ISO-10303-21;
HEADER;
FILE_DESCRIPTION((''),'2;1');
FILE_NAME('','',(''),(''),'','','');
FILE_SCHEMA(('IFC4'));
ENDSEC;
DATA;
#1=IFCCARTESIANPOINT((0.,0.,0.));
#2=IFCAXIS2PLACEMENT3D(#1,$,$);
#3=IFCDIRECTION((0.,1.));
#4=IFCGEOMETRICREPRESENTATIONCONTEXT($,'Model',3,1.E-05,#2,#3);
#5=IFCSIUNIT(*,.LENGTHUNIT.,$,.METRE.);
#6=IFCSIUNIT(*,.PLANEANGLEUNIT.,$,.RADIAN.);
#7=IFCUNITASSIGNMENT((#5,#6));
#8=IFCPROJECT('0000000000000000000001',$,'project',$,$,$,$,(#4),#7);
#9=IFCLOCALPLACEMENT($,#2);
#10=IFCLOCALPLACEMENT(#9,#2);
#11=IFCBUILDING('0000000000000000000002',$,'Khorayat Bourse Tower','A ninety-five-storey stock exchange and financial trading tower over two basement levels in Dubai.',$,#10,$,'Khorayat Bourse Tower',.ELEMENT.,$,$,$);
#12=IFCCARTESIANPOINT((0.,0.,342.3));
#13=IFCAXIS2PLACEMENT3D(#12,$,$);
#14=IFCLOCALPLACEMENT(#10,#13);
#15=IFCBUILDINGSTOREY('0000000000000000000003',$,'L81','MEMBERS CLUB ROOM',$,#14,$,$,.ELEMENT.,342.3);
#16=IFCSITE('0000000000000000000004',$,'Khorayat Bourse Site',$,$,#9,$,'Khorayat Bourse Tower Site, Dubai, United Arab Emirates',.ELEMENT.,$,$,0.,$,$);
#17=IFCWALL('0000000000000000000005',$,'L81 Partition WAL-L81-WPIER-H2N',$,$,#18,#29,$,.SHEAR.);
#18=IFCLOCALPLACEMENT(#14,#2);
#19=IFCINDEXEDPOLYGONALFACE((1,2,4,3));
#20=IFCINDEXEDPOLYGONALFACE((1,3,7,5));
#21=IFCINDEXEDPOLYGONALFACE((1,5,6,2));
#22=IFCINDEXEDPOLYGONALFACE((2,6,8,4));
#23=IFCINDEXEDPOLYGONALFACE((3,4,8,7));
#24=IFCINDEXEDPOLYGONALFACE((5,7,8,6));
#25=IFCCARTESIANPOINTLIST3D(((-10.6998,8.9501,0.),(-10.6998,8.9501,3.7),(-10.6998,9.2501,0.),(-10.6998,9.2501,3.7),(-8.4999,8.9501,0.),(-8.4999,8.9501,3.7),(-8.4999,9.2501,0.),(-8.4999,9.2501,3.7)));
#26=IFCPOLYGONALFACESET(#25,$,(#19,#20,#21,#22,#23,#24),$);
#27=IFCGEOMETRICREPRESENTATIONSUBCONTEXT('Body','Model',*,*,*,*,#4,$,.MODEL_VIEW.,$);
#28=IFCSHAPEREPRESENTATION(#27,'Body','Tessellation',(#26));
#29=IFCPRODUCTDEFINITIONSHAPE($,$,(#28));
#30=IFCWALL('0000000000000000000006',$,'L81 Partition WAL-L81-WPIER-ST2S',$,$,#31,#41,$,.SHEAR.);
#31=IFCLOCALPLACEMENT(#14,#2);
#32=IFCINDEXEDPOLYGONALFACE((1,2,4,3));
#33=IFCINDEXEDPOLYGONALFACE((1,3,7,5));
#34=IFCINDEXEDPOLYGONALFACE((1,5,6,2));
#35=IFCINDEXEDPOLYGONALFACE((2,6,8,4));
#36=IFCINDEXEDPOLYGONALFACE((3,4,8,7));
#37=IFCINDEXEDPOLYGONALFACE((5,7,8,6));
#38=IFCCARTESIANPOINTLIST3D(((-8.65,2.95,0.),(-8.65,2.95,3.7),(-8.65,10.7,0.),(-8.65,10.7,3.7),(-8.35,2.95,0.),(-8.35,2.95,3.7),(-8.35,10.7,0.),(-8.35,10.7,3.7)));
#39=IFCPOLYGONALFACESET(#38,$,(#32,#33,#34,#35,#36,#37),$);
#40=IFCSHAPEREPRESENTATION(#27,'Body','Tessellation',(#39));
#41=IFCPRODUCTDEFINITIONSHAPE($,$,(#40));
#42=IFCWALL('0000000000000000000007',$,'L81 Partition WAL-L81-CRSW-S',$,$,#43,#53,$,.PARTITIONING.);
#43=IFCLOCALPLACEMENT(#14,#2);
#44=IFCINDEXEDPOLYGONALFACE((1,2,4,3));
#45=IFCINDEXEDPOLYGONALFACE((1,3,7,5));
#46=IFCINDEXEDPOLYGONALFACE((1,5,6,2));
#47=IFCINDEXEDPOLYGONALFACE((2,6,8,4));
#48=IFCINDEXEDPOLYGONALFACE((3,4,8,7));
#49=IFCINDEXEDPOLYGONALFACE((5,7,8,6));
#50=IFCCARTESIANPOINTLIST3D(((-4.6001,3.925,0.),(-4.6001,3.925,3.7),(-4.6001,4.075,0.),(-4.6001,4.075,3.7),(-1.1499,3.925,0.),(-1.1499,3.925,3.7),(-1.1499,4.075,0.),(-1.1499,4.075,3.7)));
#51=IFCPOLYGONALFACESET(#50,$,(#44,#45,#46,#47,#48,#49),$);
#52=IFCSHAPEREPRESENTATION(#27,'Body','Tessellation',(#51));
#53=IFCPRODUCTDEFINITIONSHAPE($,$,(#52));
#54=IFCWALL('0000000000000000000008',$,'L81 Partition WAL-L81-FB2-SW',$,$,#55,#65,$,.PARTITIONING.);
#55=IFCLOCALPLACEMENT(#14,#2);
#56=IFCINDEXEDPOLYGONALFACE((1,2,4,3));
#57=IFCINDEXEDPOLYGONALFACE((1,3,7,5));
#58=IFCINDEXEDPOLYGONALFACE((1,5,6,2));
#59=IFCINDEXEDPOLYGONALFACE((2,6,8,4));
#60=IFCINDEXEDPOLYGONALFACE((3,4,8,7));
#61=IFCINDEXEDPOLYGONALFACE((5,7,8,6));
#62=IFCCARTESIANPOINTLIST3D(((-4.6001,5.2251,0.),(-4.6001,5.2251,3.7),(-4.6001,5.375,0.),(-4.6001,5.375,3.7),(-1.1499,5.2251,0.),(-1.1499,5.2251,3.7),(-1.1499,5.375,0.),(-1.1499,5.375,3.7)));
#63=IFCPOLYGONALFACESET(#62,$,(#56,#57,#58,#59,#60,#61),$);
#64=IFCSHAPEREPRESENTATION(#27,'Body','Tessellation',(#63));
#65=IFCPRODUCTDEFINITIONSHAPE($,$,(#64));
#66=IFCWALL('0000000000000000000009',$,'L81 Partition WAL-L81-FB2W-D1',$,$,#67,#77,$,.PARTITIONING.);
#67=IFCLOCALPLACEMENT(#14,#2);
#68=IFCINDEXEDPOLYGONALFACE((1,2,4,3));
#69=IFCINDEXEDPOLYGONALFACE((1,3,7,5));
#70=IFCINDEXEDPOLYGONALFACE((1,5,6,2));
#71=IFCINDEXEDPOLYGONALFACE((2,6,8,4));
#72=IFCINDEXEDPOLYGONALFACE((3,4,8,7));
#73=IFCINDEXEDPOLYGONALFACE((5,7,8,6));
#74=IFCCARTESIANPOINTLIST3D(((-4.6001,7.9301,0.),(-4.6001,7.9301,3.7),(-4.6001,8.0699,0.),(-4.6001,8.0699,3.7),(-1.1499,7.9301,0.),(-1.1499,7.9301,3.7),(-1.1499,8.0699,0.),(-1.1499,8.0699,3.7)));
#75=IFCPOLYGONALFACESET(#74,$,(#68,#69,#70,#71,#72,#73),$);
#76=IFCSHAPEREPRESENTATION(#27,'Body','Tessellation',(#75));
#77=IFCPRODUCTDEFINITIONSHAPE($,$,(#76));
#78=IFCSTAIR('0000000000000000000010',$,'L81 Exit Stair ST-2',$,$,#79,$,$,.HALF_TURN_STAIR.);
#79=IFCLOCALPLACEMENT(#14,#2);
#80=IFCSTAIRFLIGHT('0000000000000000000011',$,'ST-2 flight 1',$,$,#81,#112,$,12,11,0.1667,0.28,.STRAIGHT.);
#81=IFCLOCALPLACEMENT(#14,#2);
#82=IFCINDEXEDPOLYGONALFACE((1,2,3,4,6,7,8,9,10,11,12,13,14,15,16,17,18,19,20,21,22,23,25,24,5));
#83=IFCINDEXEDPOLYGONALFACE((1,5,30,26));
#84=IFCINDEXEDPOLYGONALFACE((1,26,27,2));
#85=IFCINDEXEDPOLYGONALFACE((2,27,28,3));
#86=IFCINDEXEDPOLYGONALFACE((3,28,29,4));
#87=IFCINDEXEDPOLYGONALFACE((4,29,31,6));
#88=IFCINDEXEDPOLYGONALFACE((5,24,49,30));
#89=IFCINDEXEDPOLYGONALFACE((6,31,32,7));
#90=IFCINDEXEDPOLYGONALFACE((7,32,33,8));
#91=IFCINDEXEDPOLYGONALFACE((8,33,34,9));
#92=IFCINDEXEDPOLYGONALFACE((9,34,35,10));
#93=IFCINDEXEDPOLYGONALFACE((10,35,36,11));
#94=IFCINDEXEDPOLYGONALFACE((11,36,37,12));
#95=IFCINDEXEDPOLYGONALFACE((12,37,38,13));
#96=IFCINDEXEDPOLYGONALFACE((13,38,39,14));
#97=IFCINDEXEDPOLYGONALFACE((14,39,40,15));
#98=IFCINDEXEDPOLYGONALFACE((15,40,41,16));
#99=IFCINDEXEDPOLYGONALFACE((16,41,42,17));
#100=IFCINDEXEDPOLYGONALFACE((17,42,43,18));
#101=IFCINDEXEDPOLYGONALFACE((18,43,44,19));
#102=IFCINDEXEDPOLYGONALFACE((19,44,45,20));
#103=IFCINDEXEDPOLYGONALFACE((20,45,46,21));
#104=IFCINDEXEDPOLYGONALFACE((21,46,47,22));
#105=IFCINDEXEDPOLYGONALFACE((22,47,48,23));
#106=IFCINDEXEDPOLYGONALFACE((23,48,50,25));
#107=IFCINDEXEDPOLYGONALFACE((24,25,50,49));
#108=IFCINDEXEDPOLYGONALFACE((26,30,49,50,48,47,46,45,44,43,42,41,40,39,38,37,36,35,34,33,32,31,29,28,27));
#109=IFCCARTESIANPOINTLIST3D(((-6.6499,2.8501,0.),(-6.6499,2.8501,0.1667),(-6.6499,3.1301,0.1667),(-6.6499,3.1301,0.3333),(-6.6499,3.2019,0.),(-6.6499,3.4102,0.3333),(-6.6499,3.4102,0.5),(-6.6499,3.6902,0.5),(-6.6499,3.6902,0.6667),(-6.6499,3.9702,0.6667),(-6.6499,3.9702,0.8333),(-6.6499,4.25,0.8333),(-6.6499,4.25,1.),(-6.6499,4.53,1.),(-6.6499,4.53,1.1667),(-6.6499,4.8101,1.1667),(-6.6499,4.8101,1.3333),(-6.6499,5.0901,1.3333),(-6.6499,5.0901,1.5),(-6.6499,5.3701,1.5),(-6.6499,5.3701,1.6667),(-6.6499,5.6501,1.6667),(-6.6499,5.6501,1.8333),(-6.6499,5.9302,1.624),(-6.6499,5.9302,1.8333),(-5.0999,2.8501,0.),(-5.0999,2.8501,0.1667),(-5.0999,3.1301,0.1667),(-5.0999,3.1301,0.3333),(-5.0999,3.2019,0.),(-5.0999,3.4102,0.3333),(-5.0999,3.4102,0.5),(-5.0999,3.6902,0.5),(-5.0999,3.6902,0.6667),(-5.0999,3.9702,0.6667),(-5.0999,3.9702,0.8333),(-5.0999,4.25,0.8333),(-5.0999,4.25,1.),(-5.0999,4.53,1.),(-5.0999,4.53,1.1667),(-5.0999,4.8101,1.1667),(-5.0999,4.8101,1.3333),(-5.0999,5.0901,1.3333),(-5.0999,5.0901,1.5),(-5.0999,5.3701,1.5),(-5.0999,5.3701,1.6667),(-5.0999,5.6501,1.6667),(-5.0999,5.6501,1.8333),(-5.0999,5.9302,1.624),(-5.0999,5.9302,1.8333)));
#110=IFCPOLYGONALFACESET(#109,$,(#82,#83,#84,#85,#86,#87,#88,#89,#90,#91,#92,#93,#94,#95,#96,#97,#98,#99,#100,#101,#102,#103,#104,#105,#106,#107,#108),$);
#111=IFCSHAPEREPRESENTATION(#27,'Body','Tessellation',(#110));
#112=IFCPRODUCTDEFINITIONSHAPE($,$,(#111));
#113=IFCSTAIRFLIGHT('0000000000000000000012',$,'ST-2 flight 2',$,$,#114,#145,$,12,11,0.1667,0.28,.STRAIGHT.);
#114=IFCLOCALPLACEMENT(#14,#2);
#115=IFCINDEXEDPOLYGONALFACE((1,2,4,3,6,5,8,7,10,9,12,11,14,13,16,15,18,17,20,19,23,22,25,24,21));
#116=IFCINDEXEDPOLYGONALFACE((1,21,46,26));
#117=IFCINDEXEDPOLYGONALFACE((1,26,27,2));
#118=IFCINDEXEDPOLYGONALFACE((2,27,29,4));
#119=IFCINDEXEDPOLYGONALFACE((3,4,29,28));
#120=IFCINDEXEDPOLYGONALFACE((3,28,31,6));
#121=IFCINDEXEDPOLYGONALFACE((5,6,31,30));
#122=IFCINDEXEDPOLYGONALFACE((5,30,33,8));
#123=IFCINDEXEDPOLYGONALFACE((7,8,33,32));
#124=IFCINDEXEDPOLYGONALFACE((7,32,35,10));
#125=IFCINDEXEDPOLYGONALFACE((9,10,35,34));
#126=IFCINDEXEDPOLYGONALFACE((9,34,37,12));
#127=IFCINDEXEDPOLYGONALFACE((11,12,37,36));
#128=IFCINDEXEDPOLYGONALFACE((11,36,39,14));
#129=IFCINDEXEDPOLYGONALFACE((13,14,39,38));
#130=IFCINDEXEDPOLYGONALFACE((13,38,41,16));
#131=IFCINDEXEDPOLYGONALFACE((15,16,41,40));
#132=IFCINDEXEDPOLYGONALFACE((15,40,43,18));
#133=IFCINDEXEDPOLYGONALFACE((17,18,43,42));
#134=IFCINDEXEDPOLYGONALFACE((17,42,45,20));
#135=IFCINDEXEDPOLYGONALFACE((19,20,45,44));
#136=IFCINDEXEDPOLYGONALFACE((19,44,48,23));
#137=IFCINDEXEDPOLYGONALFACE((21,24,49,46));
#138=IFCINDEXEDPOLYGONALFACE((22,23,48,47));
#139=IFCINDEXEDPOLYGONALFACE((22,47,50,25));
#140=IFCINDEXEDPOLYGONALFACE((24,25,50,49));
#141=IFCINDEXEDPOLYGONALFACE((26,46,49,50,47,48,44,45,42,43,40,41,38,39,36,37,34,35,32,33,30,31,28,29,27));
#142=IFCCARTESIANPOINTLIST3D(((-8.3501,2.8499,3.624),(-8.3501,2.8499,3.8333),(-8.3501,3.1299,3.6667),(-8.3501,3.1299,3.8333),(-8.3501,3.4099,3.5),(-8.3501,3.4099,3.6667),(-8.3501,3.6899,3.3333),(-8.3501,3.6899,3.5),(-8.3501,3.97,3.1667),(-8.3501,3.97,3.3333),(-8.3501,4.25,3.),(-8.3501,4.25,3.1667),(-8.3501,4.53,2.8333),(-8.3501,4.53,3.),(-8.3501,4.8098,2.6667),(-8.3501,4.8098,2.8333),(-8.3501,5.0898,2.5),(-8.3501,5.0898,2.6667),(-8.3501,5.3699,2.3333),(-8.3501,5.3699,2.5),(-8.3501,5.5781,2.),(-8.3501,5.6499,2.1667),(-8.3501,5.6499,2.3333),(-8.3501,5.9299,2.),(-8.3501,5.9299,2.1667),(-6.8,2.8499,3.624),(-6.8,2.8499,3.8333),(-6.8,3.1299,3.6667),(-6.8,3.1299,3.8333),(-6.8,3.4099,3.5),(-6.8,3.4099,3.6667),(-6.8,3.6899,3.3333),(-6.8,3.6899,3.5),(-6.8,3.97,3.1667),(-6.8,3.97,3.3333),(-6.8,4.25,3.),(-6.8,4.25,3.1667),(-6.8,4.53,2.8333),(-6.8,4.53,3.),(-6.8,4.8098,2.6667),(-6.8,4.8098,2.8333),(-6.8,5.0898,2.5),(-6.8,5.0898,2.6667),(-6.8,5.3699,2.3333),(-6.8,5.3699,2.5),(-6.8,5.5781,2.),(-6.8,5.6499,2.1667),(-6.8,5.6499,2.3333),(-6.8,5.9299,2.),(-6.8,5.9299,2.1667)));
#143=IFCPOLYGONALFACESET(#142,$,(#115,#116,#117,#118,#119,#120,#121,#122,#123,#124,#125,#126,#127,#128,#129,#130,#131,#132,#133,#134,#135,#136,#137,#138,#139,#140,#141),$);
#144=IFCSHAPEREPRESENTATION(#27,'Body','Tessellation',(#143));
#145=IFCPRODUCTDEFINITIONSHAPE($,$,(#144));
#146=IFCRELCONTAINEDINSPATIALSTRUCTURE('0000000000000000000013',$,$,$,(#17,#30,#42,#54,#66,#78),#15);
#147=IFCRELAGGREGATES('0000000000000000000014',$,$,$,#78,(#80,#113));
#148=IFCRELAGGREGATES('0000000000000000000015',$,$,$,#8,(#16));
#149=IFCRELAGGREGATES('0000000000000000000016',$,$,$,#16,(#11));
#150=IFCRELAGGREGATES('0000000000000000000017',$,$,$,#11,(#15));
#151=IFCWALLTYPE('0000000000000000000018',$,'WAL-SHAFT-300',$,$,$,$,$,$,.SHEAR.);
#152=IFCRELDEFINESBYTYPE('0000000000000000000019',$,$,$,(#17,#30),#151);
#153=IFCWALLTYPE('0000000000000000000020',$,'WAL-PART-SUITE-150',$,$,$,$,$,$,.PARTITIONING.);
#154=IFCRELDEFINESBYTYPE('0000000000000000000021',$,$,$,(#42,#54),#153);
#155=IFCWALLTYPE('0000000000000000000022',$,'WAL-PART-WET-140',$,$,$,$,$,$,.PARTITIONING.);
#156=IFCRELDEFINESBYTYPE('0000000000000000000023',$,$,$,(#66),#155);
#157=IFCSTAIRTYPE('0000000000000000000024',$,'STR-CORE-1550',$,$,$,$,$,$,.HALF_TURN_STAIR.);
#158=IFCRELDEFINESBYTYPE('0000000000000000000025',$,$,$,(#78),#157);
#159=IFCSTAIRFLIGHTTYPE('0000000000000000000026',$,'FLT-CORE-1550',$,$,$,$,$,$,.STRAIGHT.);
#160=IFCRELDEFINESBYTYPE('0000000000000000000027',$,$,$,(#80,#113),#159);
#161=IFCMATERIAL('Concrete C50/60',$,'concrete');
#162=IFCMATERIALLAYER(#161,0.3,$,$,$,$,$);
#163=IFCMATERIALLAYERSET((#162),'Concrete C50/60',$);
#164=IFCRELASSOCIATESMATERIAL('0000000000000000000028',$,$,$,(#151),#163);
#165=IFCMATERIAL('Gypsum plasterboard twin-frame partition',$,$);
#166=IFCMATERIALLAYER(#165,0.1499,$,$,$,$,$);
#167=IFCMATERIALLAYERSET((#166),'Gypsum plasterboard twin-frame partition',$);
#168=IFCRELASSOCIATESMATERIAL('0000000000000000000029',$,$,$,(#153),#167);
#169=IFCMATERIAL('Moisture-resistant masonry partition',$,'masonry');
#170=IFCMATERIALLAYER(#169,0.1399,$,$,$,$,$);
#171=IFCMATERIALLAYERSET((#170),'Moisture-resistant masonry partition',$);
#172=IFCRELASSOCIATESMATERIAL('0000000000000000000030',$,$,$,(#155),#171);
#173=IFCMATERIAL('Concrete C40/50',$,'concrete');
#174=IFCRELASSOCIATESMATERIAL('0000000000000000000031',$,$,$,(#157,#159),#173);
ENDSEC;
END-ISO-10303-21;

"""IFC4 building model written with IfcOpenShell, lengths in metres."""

from ifc_helpers import new_model, si_unit, direction, frame, frame_2d, origin, place, context, subcontext, project, spatial, polyline, rectangle, outline, extrude, source, transform, mapped, material, layer, layer_set, type_object, element, aggregate, save


model = new_model("IFC4")

# Units and contexts
model_context = context("Model", 3, precision=1e-05, world=origin(), true_north=direction((0.0, 1.0)))
body_context = subcontext(model_context, "Body", "Model", "MODEL_VIEW")
ifc_project = project(units=[si_unit("LENGTHUNIT", "METRE"), si_unit("PLANEANGLEUNIT", "RADIAN")], contexts=[model_context])

# Site, building, storey
site_placement = place(None, origin())
site = spatial("IfcSite", under=ifc_project, at=site_placement, Name="Khorayat Bourse Site", LongName="Khorayat Bourse Tower Site, Dubai, United Arab Emirates", CompositionType="ELEMENT", RefElevation=0.0)
building_placement = place(site_placement, origin())
building = spatial("IfcBuilding", under=site, at=building_placement, Name="Khorayat Bourse Tower", Description="A ninety-five-storey stock exchange and financial trading tower over two basement levels in Dubai.", LongName="Khorayat Bourse Tower", CompositionType="ELEMENT")
storey_placement = place(building_placement, frame((0.0, 0.0, 342.3)))
storey = spatial("IfcBuildingStorey", under=building, at=storey_placement, Name="L81", Description="MEMBERS CLUB ROOM", CompositionType="ELEMENT", Elevation=342.3)

# Walls
ifc_material_1 = material(Name="Concrete C50/60", Category="concrete")
ifc_layer_1 = layer(ifc_material_1, 0.3)
ifc_layer_set_1 = layer_set([ifc_layer_1], Name="Concrete C50/60")
wall_type_1 = type_object("IfcWallType", Name="WAL-SHAFT-300", PredefinedType="SHEAR", material=ifc_layer_set_1)
shared_shape_1 = source(origin(), body_context, "Body", "SweptSolid", [
    extrude(rectangle(XDim=2.2, YDim=0.3, at=frame_2d((1.1001, 0.0))), origin(), (0.0, 0.0, 1.0), 3.7),
])
for number, where, z_axis, x_axis, name in (
    (1, (-10.7, 9.1001, 0.0), (0.0, 0.0, 1.0), (1.0, 0.0, 0.0), "L81 Partition WAL-L81-WPIER-H2N"),
):
    element("IfcWall", number, at=place(storey_placement, frame(where, z_axis=z_axis, x_axis=x_axis)), inside=storey, type_object=wall_type_1, Name=name, PredefinedType="SHEAR", context=body_context, shape_type="MappedRepresentation", body=[
        mapped(shared_shape_1, transform((0.0, 0.0, 0.0), scale=1.0)),
    ])
shared_shape_2 = source(origin(), body_context, "Body", "SweptSolid", [
    extrude(rectangle(XDim=7.75, YDim=0.3, at=frame_2d((3.875, 0.0))), origin(), (0.0, 0.0, 1.0), 3.7),
])
wall_1_placement = place(storey_placement, frame((-8.5, 2.95, 0.0), z_axis=(0.0, 0.0, 1.0), x_axis=(0.0, 1.0, 0.0)))
element("IfcWall", 2, at=wall_1_placement, inside=storey, type_object=wall_type_1, Name="L81 Partition WAL-L81-WPIER-ST2S", PredefinedType="SHEAR", context=body_context, shape_type="MappedRepresentation", body=[
    mapped(shared_shape_2, transform((0.0, 0.0, 0.0), scale=1.0)),
])
ifc_material_2 = material(Name="Gypsum plasterboard twin-frame partition")
ifc_layer_2 = layer(ifc_material_2, 0.1499)
ifc_layer_set_2 = layer_set([ifc_layer_2], Name="Gypsum plasterboard twin-frame partition")
wall_type_2 = type_object("IfcWallType", Name="WAL-PART-SUITE-150", PredefinedType="PARTITIONING", material=ifc_layer_set_2)
shared_shape_3 = source(origin(), body_context, "Body", "SweptSolid", [
    extrude(rectangle(XDim=3.4502, YDim=0.1499, at=frame_2d((1.7251, 0.0))), origin(), (0.0, 0.0, 1.0), 3.7),
])
for number, where, z_axis, x_axis, name in (
    (3, (-4.6001, 4.0, 0.0), (0.0, 0.0, 1.0), (1.0, 0.0, 0.0), "L81 Partition WAL-L81-CRSW-S"),
    (4, (-4.6001, 5.3, 0.0), (0.0, 0.0, 1.0), (1.0, 0.0, 0.0), "L81 Partition WAL-L81-FB2-SW"),
):
    element("IfcWall", number, at=place(storey_placement, frame(where, z_axis=z_axis, x_axis=x_axis)), inside=storey, type_object=wall_type_2, Name=name, PredefinedType="PARTITIONING", context=body_context, shape_type="MappedRepresentation", body=[
        mapped(shared_shape_3, transform((0.0, 0.0, 0.0), scale=1.0)),
    ])

# Wall
ifc_material_3 = material(Name="Moisture-resistant masonry partition", Category="masonry")
ifc_layer_3 = layer(ifc_material_3, 0.1399)
ifc_layer_set_3 = layer_set([ifc_layer_3], Name="Moisture-resistant masonry partition")
wall_type_3 = type_object("IfcWallType", Name="WAL-PART-WET-140", PredefinedType="PARTITIONING", material=ifc_layer_set_3)
shared_shape_4 = source(origin(), body_context, "Body", "SweptSolid", [
    extrude(rectangle(XDim=3.4502, YDim=0.1399, at=frame_2d((1.7251, 0.0))), origin(), (0.0, 0.0, 1.0), 3.7),
])
wall_2_placement = place(storey_placement, frame((-4.6001, 8.0, 0.0), z_axis=(0.0, 0.0, 1.0), x_axis=(1.0, 0.0, 0.0)))
element("IfcWall", 5, at=wall_2_placement, inside=storey, type_object=wall_type_3, Name="L81 Partition WAL-L81-FB2W-D1", PredefinedType="PARTITIONING", context=body_context, shape_type="MappedRepresentation", body=[
    mapped(shared_shape_4, transform((0.0, 0.0, 0.0), scale=1.0)),
])

# Stair, stair flights
ifc_material_4 = material(Name="Concrete C40/50", Category="concrete")
stair_type = type_object("IfcStairType", Name="STR-CORE-1550", PredefinedType="HALF_TURN_STAIR", material=ifc_material_4)
stair_placement = place(storey_placement, origin())
stair = element("IfcStair", 6, at=stair_placement, inside=storey, type_object=stair_type, Name="L81 Exit Stair ST-2", PredefinedType="HALF_TURN_STAIR")
stair_flight_type = type_object("IfcStairFlightType", Name="FLT-CORE-1550", PredefinedType="STRAIGHT", material=ifc_material_4)
shared_shape_5 = source(origin(), body_context, "Body", "SweptSolid", [
    extrude(outline(polyline([(0.0, 0.0), (0.0, 0.1667), (0.28, 0.1667), (0.28, 0.3333), (0.5601, 0.3333), (0.5601, 0.5), (0.8401, 0.5), (0.8401, 0.6667), (1.1201, 0.6667), (1.1201, 0.8333), (1.3999, 0.8333), (1.3999, 1.0), (1.6799, 1.0), (1.6799, 1.1667), (1.96, 1.1667), (1.96, 1.3333), (2.24, 1.3333), (2.24, 1.5), (2.52, 1.5), (2.52, 1.6667), (2.8, 1.6667), (2.8, 1.8333), (3.0801, 1.8333), (3.0801, 2.0), (3.0801, 1.624), (0.3518, 0.0), (0.0, 0.0)])), frame((0.0, 0.7749, 0.0), z_axis=(0.0, -1.0, 0.0), x_axis=(1.0, 0.0, 0.0)), (0.0, 0.0, 1.0), 1.55),
])
stair_flight_1_placement = place(storey_placement, frame((-5.875, 2.8501, 0.0), z_axis=(0.0, 0.0, 1.0), x_axis=(0.0, 1.0, 0.0)))
stair_flight_1 = element("IfcStairFlight", 7, at=stair_flight_1_placement, type_object=stair_flight_type, Name="ST-2 flight 1", NumberOfRisers=12, NumberOfTreads=11, PredefinedType="STRAIGHT", RiserHeight=0.1667, TreadLength=0.28, context=body_context, shape_type="MappedRepresentation", body=[
    mapped(shared_shape_5, transform((0.0, 0.0, 0.0), scale=1.0)),
])
stair_flight_2_placement = place(storey_placement, frame((-7.575, 5.9299, 2.0), z_axis=(0.0, 0.0, 1.0), x_axis=(0.0, -1.0, 0.0)))
stair_flight_2 = element("IfcStairFlight", 8, at=stair_flight_2_placement, type_object=stair_flight_type, Name="ST-2 flight 2", NumberOfRisers=12, NumberOfTreads=11, PredefinedType="STRAIGHT", RiserHeight=0.1667, TreadLength=0.28, context=body_context, shape_type="MappedRepresentation", body=[
    mapped(shared_shape_5, transform((0.0, 0.0, 0.0), scale=1.0)),
])
aggregate(stair, [stair_flight_1, stair_flight_2])

save(model, "model.ifc")
